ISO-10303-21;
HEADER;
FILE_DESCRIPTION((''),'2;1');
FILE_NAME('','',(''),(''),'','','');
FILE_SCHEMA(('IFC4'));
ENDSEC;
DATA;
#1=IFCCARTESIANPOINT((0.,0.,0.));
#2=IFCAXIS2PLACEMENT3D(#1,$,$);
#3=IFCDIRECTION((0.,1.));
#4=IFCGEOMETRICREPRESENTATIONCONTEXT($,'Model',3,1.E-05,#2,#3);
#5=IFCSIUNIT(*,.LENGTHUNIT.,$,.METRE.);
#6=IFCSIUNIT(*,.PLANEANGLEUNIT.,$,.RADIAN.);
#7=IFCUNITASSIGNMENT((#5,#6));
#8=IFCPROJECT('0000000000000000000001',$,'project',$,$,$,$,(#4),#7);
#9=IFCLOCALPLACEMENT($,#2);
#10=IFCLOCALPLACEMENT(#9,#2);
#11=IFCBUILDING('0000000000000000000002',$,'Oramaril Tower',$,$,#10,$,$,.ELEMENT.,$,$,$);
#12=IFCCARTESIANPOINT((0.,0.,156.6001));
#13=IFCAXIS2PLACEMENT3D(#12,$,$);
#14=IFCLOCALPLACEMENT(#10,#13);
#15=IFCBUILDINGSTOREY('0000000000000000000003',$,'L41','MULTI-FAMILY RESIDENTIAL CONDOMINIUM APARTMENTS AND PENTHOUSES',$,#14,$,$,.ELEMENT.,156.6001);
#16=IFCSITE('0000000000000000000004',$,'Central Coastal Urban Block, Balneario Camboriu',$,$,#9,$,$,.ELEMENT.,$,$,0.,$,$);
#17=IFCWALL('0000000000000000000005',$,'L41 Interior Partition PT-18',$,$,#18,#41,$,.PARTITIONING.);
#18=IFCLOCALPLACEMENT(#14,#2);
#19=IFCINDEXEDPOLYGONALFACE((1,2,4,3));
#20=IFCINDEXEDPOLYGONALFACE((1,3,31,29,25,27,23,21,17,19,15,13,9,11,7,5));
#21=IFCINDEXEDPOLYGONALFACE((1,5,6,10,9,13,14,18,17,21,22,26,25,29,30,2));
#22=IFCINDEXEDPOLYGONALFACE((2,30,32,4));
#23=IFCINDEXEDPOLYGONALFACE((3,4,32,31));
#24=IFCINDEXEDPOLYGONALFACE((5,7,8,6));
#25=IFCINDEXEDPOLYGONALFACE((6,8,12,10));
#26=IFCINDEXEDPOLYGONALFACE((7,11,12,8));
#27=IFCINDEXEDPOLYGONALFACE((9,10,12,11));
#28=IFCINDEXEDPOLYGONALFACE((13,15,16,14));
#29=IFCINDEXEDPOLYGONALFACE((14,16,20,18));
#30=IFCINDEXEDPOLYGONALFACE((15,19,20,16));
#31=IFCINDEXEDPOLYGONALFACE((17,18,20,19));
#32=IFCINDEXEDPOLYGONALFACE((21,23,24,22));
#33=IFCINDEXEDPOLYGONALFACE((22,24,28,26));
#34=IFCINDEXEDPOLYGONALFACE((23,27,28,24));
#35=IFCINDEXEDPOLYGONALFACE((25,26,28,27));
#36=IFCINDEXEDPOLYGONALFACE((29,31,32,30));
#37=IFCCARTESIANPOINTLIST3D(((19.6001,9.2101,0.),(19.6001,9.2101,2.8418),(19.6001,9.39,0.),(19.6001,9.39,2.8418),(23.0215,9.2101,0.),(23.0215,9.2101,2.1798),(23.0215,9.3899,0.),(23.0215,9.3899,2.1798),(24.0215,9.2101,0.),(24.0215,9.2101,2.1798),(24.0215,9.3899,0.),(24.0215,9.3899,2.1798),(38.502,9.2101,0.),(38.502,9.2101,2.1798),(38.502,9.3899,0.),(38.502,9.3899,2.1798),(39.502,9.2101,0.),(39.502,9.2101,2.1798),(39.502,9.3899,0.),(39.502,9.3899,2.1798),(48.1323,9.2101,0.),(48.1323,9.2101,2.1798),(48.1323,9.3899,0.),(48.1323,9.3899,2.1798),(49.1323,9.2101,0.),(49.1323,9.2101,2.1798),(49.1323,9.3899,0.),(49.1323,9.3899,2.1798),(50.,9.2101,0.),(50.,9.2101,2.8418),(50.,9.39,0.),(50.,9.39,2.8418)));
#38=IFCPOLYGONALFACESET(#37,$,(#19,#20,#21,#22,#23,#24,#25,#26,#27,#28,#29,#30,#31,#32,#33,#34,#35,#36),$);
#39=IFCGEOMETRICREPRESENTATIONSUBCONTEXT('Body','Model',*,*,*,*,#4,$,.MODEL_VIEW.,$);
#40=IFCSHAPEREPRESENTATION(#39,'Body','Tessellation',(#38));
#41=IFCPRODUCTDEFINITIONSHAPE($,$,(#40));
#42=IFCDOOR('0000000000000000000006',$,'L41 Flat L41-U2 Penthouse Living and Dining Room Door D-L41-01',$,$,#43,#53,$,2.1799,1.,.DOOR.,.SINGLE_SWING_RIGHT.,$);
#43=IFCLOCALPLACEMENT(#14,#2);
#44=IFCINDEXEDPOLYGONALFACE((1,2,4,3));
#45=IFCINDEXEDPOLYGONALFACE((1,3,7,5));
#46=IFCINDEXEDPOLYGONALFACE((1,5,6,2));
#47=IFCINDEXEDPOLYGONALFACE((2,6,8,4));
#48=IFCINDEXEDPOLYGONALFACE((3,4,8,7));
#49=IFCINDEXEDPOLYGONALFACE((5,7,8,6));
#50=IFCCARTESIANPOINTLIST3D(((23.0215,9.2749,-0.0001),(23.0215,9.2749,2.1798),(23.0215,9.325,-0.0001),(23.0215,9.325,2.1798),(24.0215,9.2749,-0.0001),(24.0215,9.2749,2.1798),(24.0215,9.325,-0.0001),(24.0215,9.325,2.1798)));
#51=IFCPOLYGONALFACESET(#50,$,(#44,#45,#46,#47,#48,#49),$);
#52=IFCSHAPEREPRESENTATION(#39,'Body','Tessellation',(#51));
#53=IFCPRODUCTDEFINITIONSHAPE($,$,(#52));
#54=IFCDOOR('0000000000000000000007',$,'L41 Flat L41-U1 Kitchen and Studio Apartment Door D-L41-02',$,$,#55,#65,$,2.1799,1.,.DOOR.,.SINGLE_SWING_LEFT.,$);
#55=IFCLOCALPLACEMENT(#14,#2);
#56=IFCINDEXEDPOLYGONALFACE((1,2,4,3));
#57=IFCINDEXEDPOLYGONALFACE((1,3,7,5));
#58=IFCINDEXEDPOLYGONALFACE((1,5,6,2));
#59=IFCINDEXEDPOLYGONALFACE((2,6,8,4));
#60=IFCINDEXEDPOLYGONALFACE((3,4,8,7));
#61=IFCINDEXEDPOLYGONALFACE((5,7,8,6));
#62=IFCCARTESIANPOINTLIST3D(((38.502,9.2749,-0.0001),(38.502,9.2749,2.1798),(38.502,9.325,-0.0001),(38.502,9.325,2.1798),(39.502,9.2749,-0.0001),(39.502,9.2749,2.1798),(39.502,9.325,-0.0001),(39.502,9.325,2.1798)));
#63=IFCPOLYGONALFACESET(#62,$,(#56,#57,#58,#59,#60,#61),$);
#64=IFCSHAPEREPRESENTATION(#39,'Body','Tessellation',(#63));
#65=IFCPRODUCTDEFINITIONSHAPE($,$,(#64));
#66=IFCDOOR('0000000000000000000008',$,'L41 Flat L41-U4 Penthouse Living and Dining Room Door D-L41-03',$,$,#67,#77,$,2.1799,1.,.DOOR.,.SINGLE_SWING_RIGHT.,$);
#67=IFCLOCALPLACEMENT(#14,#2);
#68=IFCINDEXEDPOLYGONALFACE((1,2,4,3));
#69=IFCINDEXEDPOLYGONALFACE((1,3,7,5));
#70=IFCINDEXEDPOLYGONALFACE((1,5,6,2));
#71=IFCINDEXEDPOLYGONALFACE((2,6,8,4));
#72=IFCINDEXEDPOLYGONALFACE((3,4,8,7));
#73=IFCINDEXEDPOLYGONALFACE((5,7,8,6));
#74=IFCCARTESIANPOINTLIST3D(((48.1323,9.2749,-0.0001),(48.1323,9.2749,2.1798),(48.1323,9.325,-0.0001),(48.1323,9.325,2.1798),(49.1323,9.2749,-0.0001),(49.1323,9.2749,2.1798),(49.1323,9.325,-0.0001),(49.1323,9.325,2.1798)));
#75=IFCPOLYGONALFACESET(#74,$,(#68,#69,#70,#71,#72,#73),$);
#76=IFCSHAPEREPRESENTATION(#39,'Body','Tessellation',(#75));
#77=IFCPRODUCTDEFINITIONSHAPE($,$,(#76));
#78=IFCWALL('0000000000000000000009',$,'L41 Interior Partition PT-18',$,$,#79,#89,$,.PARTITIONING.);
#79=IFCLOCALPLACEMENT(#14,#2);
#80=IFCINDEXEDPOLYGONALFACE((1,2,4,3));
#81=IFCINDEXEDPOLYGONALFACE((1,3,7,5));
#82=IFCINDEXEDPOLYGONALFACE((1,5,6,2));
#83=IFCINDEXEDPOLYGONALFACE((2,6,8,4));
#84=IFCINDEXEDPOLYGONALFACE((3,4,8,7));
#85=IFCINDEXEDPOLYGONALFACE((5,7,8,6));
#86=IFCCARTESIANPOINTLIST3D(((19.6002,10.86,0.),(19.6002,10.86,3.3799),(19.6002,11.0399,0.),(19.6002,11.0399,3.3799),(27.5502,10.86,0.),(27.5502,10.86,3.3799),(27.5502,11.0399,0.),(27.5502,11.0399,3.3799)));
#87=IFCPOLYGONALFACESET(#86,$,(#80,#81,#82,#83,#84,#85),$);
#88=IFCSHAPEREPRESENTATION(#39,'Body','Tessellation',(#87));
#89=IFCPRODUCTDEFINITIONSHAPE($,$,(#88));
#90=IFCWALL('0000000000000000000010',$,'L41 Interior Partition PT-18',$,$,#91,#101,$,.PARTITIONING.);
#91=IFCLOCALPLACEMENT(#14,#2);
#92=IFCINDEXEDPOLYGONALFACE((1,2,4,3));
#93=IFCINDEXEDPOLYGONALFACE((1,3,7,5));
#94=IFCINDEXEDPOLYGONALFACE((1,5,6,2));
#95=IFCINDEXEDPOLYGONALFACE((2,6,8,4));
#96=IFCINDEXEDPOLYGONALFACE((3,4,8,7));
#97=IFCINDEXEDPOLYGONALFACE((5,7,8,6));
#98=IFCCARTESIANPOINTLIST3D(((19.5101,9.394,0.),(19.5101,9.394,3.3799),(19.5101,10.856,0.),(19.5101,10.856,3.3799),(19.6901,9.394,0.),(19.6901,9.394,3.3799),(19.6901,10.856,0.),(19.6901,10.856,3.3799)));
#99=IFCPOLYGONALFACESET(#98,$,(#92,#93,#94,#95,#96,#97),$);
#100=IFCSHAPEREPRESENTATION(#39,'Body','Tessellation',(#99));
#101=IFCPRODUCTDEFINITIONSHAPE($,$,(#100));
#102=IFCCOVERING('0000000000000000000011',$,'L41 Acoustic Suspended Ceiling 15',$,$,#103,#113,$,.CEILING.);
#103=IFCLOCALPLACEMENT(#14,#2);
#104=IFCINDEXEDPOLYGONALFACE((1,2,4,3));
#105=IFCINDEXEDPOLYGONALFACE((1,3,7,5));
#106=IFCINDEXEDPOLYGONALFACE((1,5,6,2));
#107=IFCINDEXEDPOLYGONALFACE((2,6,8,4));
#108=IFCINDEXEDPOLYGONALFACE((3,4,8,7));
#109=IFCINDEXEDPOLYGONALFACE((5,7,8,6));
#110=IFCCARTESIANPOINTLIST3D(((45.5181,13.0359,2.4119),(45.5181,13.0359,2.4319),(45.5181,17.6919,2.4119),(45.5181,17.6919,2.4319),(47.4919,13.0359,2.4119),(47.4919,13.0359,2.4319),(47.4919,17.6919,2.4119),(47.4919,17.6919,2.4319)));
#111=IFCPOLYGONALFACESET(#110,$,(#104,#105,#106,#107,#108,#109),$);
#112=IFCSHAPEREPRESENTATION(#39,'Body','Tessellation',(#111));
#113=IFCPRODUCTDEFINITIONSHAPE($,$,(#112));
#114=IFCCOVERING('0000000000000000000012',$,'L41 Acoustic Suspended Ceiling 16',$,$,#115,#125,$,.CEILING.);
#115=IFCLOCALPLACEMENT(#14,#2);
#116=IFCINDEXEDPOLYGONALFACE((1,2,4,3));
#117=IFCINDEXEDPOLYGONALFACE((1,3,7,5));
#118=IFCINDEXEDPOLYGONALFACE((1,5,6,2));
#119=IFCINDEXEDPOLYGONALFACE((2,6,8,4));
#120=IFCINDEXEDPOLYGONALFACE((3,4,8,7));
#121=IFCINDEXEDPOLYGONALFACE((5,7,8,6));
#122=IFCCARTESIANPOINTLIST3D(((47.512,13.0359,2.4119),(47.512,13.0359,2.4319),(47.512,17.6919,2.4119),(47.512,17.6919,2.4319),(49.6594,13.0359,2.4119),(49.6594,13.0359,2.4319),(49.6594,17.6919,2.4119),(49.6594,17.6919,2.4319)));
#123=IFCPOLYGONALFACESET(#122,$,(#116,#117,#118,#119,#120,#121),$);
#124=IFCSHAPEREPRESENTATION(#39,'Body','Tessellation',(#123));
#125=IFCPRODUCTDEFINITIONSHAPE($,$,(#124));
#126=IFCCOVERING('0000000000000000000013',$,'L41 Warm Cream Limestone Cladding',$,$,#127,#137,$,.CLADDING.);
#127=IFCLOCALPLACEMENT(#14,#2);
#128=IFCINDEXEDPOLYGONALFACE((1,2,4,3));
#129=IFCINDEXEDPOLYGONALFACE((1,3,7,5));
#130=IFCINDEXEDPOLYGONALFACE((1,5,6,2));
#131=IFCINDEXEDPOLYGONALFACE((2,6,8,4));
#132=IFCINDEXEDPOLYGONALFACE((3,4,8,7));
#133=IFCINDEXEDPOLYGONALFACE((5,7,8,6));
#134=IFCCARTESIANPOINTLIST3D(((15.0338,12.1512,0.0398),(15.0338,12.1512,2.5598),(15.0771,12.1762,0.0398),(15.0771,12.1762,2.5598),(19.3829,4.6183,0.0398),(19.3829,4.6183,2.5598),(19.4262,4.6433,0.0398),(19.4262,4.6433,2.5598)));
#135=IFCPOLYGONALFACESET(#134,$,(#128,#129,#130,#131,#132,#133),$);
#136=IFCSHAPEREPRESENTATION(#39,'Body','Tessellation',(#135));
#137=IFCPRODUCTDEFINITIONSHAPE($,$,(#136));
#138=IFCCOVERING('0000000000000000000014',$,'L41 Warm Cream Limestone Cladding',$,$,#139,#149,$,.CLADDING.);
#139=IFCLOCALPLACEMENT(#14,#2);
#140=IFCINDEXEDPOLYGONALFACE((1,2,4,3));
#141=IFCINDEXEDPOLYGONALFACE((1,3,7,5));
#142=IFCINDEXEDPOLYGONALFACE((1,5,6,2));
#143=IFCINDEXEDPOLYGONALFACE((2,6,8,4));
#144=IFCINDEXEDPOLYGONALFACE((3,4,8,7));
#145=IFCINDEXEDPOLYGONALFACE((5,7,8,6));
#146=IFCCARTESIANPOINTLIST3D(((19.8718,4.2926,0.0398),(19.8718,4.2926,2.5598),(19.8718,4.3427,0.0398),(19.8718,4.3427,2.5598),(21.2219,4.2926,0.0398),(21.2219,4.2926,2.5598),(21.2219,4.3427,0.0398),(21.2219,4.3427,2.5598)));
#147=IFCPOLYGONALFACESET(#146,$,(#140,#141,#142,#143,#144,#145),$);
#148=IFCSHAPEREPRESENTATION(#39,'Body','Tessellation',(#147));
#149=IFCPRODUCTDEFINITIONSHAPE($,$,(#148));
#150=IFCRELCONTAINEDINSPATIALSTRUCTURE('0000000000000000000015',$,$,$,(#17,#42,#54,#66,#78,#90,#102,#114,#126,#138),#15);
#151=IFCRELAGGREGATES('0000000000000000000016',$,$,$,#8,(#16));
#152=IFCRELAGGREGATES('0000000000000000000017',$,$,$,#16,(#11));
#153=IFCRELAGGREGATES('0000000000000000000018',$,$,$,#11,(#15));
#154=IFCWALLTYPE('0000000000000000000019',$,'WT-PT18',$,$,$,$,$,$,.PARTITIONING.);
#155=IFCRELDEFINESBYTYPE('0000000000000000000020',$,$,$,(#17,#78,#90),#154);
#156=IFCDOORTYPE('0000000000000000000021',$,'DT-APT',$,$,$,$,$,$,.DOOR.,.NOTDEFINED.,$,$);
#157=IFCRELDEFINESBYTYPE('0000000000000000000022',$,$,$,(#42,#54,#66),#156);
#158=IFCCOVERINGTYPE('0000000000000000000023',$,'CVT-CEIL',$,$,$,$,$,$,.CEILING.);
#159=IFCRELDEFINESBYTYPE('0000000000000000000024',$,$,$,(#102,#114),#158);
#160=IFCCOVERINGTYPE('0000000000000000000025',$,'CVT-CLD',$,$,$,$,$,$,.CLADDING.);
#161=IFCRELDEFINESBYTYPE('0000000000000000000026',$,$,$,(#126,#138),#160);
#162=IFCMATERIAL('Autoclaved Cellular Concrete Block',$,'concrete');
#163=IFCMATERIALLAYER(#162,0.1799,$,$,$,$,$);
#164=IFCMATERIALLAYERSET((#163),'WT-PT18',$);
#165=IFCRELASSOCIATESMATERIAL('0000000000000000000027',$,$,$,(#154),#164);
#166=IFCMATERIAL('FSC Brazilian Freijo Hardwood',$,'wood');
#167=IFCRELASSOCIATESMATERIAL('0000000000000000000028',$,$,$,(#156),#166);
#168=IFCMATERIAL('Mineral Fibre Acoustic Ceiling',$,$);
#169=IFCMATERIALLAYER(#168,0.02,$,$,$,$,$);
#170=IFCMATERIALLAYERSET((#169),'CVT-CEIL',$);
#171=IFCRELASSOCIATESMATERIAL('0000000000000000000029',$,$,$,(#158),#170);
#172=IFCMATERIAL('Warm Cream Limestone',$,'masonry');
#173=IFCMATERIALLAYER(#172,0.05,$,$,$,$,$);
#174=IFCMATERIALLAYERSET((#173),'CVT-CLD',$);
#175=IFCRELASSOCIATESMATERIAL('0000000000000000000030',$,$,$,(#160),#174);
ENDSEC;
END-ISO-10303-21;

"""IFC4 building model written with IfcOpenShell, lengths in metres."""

from ifc_helpers import new_model, si_unit, direction, frame, frame_2d, origin, origin_2d, place, context, subcontext, project, spatial, polyline, rectangle, outline, extrude, material, layer, layer_set, type_object, element, fill, save


model = new_model("IFC4")

# Units and contexts
model_context = context("Model", 3, precision=1e-05, world=origin(), true_north=direction((0.0, 1.0)))
body_context = subcontext(model_context, "Body", "Model", "MODEL_VIEW")
ifc_project = project(units=[si_unit("LENGTHUNIT", "METRE"), si_unit("PLANEANGLEUNIT", "RADIAN")], contexts=[model_context])

# Site, building, storey
site_placement = place(None, origin())
site = spatial("IfcSite", under=ifc_project, at=site_placement, Name="Central Coastal Urban Block, Balneario Camboriu", CompositionType="ELEMENT", RefElevation=0.0)
building_placement = place(site_placement, origin())
building = spatial("IfcBuilding", under=site, at=building_placement, Name="Oramaril Tower", CompositionType="ELEMENT")
storey_placement = place(building_placement, frame((0.0, 0.0, 156.6001)))
storey = spatial("IfcBuildingStorey", under=building, at=storey_placement, Name="L41", Description="MULTI-FAMILY RESIDENTIAL CONDOMINIUM APARTMENTS AND PENTHOUSES", CompositionType="ELEMENT", Elevation=156.6001)

# Wall, openings, doors
ifc_material_1 = material(Name="Autoclaved Cellular Concrete Block", Category="concrete")
ifc_layer_1 = layer(ifc_material_1, 0.1799)
ifc_layer_set_1 = layer_set([ifc_layer_1], Name="WT-PT18")
wall_type_1 = type_object("IfcWallType", Name="WT-PT18", PredefinedType="PARTITIONING", material=ifc_layer_set_1)
wall_1_placement = place(storey_placement, frame((19.6001, 9.3, 0.0), z_axis=(0.0, 0.0, 1.0), x_axis=(1.0, 0.0, 0.0)))
wall_1 = element("IfcWall", 1, at=wall_1_placement, inside=storey, type_object=wall_type_1, Name="L41 Interior Partition PT-18", PredefinedType="PARTITIONING", context=body_context, shape_type="SweptSolid", body=[
    extrude(rectangle(XDim=30.3999, YDim=0.1799, at=frame_2d((15.2, 0.0))), origin(), (0.0, 0.0, 1.0), 2.8418),
])
opening_1_placement = place(wall_1_placement, frame((3.4214, 0.0, 0.0)))
opening_1 = element("IfcOpeningElement", 2, at=opening_1_placement, cuts=wall_1, PredefinedType="OPENING", context=body_context, shape_type="SweptSolid", body=[
    extrude(rectangle(XDim=1.0, YDim=2.1799, at=frame_2d((0.5, 1.0898))), frame((0.0, 0.0898, 0.0), z_axis=(0.0, -1.0, 0.0), x_axis=(1.0, 0.0, 0.0)), (0.0, 0.0, 1.0), 0.1799),
])
opening_2_placement = place(wall_1_placement, frame((18.9019, 0.0, 0.0)))
opening_2 = element("IfcOpeningElement", 3, at=opening_2_placement, cuts=wall_1, PredefinedType="OPENING", context=body_context, shape_type="SweptSolid", body=[
    extrude(rectangle(XDim=1.0, YDim=2.1799, at=frame_2d((0.5, 1.0898))), frame((0.0, 0.0898, 0.0), z_axis=(0.0, -1.0, 0.0), x_axis=(1.0, 0.0, 0.0)), (0.0, 0.0, 1.0), 0.1799),
])
opening_3_placement = place(wall_1_placement, frame((28.5322, 0.0, 0.0)))
opening_3 = element("IfcOpeningElement", 4, at=opening_3_placement, cuts=wall_1, PredefinedType="OPENING", context=body_context, shape_type="SweptSolid", body=[
    extrude(rectangle(XDim=1.0, YDim=2.1799, at=frame_2d((0.5, 1.0898))), frame((0.0, 0.0898, 0.0), z_axis=(0.0, -1.0, 0.0), x_axis=(1.0, 0.0, 0.0)), (0.0, 0.0, 1.0), 0.1799),
])
ifc_material_2 = material(Name="FSC Brazilian Freijo Hardwood", Category="wood")
door_type_1 = type_object("IfcDoorType", Name="DT-APT", OperationType="NOTDEFINED", PredefinedType="DOOR", material=ifc_material_2)
door_1_placement = place(opening_1_placement, origin())
door_1 = element("IfcDoor", 5, at=door_1_placement, inside=storey, type_object=door_type_1, Name="L41 Flat L41-U2 Penthouse Living and Dining Room Door D-L41-01", OperationType="SINGLE_SWING_RIGHT", OverallHeight=2.1799, OverallWidth=1.0, PredefinedType="DOOR", context=body_context, shape_type="SweptSolid", body=[
    extrude(rectangle(XDim=1.0, YDim=2.1799, at=frame_2d((0.5, 1.0898))), frame((0.0, 0.0249, 0.0), z_axis=(0.0, -1.0, 0.0), x_axis=(1.0, 0.0, 0.0)), (0.0, 0.0, 1.0), 0.05),
])
fill(opening_1, door_1)
door_2_placement = place(opening_2_placement, origin())
door_2 = element("IfcDoor", 6, at=door_2_placement, inside=storey, type_object=door_type_1, Name="L41 Flat L41-U1 Kitchen and Studio Apartment Door D-L41-02", OperationType="SINGLE_SWING_LEFT", OverallHeight=2.1799, OverallWidth=1.0, PredefinedType="DOOR", context=body_context, shape_type="SweptSolid", body=[
    extrude(rectangle(XDim=1.0, YDim=2.1799, at=frame_2d((0.5, 1.0898))), frame((0.0, 0.0249, 0.0), z_axis=(0.0, -1.0, 0.0), x_axis=(1.0, 0.0, 0.0)), (0.0, 0.0, 1.0), 0.05),
])
fill(opening_2, door_2)
door_3_placement = place(opening_3_placement, origin())
door_3 = element("IfcDoor", 7, at=door_3_placement, inside=storey, type_object=door_type_1, Name="L41 Flat L41-U4 Penthouse Living and Dining Room Door D-L41-03", OperationType="SINGLE_SWING_RIGHT", OverallHeight=2.1799, OverallWidth=1.0, PredefinedType="DOOR", context=body_context, shape_type="SweptSolid", body=[
    extrude(rectangle(XDim=1.0, YDim=2.1799, at=frame_2d((0.5, 1.0898))), frame((0.0, 0.0249, 0.0), z_axis=(0.0, -1.0, 0.0), x_axis=(1.0, 0.0, 0.0)), (0.0, 0.0, 1.0), 0.05),
])
fill(opening_3, door_3)

# Walls
wall_2_placement = place(storey_placement, frame((19.6001, 10.95, 0.0), z_axis=(0.0, 0.0, 1.0), x_axis=(1.0, 0.0, 0.0)))
element("IfcWall", 8, at=wall_2_placement, inside=storey, type_object=wall_type_1, Name="L41 Interior Partition PT-18", PredefinedType="PARTITIONING", context=body_context, shape_type="SweptSolid", body=[
    extrude(rectangle(XDim=7.95, YDim=0.1799, at=frame_2d((3.9751, 0.0))), origin(), (0.0, 0.0, 1.0), 3.3799),
])
wall_3_placement = place(storey_placement, frame((19.6001, 9.394, 0.0), z_axis=(0.0, 0.0, 1.0), x_axis=(0.0, 1.0, 0.0)))
element("IfcWall", 9, at=wall_3_placement, inside=storey, type_object=wall_type_1, Name="L41 Interior Partition PT-18", PredefinedType="PARTITIONING", context=body_context, shape_type="SweptSolid", body=[
    extrude(rectangle(XDim=1.4619, YDim=0.1799, at=frame_2d((0.731, 0.0))), origin(), (0.0, 0.0, 1.0), 3.3799),
])

# Coverings
ifc_material_3 = material(Name="Mineral Fibre Acoustic Ceiling")
ifc_layer_2 = layer(ifc_material_3, 0.02)
ifc_layer_set_2 = layer_set([ifc_layer_2], Name="CVT-CEIL")
covering_type_1 = type_object("IfcCoveringType", Name="CVT-CEIL", PredefinedType="CEILING", material=ifc_layer_set_2)
covering_1_placement = place(storey_placement, frame((0.0, 0.0, 2.4119)))
element("IfcCovering", 10, at=covering_1_placement, inside=storey, type_object=covering_type_1, Name="L41 Acoustic Suspended Ceiling 15", PredefinedType="CEILING", context=body_context, shape_type="SweptSolid", body=[
    extrude(outline(polyline([(45.5181, 17.6919), (47.4919, 17.6919), (47.4919, 13.0359), (45.5181, 13.0359), (45.5181, 17.6919)])), origin(), (0.0, 0.0, 1.0), 0.02),
])
covering_2_placement = place(storey_placement, frame((0.0, 0.0, 2.4119)))
element("IfcCovering", 11, at=covering_2_placement, inside=storey, type_object=covering_type_1, Name="L41 Acoustic Suspended Ceiling 16", PredefinedType="CEILING", context=body_context, shape_type="SweptSolid", body=[
    extrude(outline(polyline([(49.6594, 17.6919), (49.6594, 13.0359), (47.512, 13.0359), (47.512, 17.6919), (49.6594, 17.6919)])), origin(), (0.0, 0.0, 1.0), 0.02),
])
ifc_material_4 = material(Name="Warm Cream Limestone", Category="masonry")
ifc_layer_3 = layer(ifc_material_4, 0.05)
ifc_layer_set_3 = layer_set([ifc_layer_3], Name="CVT-CLD")
covering_type_2 = type_object("IfcCoveringType", Name="CVT-CLD", PredefinedType="CLADDING", material=ifc_layer_set_3)
covering_3_placement = place(storey_placement, frame((17.23, 8.3972, 0.0398), z_axis=(0.0, 0.0, 1.0), x_axis=(0.499998, -0.866026, 0.0)))
element("IfcCovering", 12, at=covering_3_placement, inside=storey, type_object=covering_type_2, Name="L41 Warm Cream Limestone Cladding", PredefinedType="CLADDING", context=body_context, shape_type="SweptSolid", body=[
    extrude(rectangle(XDim=8.6982, YDim=0.05, at=origin_2d()), origin(), (0.0, 0.0, 1.0), 2.52),
])
covering_4_placement = place(storey_placement, frame((20.5469, 4.3176, 0.0398), z_axis=(0.0, 0.0, 1.0), x_axis=(1.0, 0.0, 0.0)))
element("IfcCovering", 13, at=covering_4_placement, inside=storey, type_object=covering_type_2, Name="L41 Warm Cream Limestone Cladding", PredefinedType="CLADDING", context=body_context, shape_type="SweptSolid", body=[
    extrude(rectangle(XDim=1.3501, YDim=0.05, at=origin_2d()), origin(), (0.0, 0.0, 1.0), 2.52),
])

save(model, "model.ifc")
